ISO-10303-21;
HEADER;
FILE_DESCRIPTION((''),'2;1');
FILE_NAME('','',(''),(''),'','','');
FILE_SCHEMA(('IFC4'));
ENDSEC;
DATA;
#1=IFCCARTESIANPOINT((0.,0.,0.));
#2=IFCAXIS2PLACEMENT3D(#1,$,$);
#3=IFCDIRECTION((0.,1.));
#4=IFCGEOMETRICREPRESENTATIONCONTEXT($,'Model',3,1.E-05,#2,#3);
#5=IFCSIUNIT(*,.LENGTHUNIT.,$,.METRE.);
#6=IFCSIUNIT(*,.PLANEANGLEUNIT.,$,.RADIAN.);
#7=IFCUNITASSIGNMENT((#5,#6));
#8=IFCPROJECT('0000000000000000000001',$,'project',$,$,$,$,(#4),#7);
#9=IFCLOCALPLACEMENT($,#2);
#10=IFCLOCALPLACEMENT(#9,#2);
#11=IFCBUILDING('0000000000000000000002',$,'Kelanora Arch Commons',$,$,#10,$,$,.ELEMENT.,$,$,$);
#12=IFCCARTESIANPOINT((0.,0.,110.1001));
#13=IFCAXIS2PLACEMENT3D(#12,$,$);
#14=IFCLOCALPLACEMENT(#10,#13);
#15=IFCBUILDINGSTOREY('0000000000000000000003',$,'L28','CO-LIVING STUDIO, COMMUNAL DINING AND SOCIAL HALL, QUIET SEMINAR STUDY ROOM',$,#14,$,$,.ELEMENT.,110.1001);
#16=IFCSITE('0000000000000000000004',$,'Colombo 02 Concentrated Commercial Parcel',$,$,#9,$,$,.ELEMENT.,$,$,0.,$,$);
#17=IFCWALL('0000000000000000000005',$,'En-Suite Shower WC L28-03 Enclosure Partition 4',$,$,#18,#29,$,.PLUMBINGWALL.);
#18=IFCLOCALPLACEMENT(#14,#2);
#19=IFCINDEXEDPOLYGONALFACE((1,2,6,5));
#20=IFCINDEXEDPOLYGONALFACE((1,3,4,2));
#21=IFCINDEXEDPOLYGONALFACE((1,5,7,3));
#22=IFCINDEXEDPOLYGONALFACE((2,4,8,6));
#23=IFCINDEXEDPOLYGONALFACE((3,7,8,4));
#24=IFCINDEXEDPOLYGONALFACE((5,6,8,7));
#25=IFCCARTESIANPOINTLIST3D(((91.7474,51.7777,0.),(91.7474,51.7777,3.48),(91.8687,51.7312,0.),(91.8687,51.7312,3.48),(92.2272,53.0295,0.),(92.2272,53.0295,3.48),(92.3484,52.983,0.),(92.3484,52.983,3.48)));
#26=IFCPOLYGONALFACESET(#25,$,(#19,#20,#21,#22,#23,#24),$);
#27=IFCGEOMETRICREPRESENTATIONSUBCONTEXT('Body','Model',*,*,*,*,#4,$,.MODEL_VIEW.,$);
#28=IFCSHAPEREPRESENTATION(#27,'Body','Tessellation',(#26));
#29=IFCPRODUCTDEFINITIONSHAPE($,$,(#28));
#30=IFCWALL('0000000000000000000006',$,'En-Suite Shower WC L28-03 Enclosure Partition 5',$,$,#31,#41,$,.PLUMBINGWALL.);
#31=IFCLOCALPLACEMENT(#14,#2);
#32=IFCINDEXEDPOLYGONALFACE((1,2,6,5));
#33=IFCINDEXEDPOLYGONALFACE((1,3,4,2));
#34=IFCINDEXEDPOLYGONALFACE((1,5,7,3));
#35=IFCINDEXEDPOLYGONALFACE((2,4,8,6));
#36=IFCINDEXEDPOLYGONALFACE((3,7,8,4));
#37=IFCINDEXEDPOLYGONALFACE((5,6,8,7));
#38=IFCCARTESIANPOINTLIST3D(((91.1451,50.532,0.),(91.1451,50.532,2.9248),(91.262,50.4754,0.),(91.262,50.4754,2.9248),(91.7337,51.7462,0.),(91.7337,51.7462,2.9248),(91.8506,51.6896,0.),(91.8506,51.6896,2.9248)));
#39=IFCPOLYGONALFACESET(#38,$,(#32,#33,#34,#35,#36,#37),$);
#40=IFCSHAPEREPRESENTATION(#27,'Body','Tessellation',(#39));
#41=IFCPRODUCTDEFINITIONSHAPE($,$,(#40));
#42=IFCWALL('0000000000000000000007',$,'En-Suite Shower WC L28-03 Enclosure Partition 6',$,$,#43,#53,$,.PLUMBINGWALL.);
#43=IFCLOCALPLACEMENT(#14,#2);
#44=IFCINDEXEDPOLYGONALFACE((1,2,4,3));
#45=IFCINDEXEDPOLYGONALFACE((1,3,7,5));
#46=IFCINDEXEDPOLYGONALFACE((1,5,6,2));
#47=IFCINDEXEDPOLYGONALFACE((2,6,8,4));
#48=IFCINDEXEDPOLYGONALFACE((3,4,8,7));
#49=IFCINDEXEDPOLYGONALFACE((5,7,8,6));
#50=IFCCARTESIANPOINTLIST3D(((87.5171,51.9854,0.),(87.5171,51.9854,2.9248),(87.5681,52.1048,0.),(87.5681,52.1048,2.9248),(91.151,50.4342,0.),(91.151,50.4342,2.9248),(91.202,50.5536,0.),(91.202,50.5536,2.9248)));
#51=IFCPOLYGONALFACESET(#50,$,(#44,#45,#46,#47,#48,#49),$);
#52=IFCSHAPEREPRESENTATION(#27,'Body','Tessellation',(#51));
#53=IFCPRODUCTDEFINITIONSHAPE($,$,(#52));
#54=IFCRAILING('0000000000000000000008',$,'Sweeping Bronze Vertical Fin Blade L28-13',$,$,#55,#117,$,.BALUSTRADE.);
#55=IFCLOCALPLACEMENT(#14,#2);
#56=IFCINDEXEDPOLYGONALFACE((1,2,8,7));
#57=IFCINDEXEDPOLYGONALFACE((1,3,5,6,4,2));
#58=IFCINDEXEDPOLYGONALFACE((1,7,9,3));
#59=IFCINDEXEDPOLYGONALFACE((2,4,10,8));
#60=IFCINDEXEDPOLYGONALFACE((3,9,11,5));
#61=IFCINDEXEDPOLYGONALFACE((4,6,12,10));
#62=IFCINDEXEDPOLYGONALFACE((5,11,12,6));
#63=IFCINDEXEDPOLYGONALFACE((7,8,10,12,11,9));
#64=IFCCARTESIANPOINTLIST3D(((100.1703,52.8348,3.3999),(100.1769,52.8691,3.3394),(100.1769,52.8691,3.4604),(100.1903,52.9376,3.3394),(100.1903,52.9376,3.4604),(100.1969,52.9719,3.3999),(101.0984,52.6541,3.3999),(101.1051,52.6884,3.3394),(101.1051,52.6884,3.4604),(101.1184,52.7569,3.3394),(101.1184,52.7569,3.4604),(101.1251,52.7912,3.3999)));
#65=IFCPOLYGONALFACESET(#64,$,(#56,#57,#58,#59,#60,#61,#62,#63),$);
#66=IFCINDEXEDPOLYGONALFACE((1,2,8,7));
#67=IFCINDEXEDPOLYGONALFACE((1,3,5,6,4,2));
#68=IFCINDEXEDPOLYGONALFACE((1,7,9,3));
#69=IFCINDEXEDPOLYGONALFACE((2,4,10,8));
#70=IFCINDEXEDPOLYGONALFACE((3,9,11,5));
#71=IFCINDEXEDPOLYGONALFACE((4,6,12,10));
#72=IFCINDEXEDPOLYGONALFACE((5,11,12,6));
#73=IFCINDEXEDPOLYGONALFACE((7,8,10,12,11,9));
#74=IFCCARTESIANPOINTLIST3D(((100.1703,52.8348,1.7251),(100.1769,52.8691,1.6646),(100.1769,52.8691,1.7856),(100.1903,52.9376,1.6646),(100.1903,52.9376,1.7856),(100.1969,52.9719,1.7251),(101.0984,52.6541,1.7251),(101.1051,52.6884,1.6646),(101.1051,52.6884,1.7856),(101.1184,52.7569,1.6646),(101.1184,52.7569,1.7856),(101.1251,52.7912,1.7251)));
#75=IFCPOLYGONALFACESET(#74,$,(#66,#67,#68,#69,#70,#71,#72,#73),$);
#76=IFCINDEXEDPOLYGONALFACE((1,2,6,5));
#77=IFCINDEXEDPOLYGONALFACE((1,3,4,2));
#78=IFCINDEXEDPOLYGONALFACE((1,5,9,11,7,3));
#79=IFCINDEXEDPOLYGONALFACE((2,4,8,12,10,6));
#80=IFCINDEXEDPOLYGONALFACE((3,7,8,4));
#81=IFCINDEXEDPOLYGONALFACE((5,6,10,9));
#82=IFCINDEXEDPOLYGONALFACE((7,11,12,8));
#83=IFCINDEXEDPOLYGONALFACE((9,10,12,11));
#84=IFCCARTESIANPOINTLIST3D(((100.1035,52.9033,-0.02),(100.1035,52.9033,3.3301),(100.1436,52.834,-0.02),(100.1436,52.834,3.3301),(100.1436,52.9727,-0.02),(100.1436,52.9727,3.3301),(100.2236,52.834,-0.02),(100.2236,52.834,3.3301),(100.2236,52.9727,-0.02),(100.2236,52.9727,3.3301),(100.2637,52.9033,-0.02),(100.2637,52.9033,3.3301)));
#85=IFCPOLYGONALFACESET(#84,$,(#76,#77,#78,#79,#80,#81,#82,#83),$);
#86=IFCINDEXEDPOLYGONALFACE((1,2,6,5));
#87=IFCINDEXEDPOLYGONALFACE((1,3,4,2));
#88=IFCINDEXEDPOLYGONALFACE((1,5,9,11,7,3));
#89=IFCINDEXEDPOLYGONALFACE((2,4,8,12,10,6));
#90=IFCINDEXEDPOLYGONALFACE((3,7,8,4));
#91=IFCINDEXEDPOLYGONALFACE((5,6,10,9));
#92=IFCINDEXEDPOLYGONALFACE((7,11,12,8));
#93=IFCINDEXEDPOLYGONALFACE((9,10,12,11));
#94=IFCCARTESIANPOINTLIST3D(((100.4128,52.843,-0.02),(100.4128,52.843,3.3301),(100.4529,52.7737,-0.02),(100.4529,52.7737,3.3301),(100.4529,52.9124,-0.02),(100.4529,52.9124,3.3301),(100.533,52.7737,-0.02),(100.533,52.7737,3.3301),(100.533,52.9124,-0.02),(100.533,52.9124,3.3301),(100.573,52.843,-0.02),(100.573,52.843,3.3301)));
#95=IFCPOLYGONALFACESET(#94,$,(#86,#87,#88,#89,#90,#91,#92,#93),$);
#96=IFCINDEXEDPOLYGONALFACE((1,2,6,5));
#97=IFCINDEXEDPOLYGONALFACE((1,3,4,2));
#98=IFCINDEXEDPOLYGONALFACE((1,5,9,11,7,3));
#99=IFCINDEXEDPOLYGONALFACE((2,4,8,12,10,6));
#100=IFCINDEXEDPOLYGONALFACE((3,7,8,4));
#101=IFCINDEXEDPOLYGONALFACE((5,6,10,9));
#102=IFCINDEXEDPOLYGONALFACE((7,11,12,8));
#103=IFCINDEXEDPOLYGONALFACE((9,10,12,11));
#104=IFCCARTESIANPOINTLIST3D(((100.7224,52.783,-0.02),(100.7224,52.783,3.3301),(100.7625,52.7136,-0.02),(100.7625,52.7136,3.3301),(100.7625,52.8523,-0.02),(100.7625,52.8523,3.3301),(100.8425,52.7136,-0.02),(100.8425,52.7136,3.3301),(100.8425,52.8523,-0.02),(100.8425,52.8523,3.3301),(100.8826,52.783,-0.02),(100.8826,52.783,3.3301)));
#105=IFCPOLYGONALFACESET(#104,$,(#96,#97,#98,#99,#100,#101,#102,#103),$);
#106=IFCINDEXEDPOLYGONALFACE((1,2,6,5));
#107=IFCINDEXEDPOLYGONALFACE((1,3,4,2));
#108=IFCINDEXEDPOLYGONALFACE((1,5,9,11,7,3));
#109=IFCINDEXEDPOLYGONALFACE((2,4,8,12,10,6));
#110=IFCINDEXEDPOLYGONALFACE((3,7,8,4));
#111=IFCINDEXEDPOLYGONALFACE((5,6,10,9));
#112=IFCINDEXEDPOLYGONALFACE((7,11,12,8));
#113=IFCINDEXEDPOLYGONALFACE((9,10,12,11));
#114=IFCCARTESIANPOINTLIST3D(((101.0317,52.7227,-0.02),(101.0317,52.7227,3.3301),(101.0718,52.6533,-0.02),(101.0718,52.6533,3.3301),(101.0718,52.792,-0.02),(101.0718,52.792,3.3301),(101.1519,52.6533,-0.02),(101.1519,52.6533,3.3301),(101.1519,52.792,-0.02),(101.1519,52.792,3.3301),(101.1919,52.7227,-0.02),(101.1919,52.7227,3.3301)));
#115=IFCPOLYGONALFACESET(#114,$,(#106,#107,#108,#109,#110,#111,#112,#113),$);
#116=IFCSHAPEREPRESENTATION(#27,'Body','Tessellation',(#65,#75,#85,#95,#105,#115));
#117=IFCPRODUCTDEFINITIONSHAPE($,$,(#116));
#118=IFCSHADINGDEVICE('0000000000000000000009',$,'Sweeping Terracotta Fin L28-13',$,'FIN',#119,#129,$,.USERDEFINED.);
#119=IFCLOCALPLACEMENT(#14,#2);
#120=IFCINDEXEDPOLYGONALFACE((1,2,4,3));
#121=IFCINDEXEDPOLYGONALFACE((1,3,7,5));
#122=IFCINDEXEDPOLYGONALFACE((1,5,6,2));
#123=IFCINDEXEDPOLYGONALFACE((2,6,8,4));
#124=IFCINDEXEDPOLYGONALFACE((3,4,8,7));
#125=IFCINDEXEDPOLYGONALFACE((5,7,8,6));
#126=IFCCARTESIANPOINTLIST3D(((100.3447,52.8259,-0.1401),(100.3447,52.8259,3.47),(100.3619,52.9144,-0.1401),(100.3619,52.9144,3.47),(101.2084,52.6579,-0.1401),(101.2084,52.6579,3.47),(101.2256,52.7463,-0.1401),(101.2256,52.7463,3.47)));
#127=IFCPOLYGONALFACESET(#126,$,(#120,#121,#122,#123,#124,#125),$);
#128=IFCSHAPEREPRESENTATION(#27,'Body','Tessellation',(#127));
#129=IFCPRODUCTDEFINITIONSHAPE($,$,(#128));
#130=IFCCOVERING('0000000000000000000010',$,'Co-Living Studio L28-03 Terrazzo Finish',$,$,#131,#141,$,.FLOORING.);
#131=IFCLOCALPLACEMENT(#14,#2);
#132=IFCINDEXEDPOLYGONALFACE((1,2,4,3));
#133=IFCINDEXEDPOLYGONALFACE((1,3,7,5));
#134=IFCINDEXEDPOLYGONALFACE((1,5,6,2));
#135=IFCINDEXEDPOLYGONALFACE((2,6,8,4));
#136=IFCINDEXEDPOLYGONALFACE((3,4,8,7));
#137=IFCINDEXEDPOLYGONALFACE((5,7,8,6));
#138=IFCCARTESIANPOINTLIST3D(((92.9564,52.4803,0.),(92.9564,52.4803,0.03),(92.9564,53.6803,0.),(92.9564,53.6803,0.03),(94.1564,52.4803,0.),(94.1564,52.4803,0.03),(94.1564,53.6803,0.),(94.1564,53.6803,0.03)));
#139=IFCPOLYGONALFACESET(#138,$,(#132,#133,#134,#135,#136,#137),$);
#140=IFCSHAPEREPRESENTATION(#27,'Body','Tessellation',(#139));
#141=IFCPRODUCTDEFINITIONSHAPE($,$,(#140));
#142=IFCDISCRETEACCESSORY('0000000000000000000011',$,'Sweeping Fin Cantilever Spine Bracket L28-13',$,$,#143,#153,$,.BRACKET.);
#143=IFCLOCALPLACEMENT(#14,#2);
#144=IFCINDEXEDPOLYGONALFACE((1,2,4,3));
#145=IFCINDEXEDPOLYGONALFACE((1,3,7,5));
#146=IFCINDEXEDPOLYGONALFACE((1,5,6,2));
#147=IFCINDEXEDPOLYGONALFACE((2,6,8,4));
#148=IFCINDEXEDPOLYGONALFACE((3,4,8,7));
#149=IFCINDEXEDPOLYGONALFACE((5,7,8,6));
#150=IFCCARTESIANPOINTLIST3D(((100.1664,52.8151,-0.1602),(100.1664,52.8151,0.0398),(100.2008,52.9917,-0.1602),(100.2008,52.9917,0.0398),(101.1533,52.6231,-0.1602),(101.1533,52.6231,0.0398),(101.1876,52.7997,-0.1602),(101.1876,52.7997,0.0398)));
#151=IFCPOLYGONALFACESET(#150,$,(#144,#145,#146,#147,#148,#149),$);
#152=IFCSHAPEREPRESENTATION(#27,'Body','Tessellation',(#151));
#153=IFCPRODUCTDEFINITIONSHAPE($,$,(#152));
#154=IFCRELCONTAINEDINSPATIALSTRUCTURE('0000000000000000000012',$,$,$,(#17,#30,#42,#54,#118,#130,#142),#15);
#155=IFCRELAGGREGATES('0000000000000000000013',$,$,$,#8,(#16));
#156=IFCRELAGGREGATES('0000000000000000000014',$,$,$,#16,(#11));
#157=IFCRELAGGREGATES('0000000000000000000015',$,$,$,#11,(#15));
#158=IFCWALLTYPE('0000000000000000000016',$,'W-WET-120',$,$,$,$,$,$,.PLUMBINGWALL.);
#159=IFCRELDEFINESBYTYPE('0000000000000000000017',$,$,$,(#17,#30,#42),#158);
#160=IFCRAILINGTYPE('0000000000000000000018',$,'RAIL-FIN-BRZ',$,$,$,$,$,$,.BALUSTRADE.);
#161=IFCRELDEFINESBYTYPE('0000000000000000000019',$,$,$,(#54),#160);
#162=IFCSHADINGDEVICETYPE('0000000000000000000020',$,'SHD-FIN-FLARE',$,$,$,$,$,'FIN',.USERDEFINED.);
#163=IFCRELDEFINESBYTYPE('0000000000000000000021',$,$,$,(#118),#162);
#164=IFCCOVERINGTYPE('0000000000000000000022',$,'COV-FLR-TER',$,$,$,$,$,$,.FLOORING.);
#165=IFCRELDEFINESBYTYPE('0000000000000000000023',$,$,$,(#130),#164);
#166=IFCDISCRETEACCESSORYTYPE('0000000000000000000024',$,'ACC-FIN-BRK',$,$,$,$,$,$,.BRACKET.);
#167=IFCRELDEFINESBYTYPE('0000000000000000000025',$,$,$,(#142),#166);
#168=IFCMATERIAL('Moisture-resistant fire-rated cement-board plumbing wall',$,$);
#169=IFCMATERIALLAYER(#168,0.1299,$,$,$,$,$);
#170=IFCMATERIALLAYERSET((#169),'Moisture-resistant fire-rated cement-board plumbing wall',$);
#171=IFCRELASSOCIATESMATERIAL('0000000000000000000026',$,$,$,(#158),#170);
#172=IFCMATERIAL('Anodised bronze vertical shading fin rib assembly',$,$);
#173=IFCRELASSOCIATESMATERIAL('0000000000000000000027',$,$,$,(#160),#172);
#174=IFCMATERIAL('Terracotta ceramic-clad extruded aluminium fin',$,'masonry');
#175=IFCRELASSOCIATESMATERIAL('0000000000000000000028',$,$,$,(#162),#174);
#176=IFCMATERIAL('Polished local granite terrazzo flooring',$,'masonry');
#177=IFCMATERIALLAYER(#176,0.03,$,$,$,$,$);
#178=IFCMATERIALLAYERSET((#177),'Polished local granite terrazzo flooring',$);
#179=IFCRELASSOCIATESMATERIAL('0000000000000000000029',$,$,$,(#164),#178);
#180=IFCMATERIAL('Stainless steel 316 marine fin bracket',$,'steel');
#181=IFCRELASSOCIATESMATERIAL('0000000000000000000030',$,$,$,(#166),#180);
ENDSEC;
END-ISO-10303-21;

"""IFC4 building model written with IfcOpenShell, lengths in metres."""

from ifc_helpers import new_model, si_unit, direction, frame, frame_2d, origin, origin_2d, place, context, subcontext, project, spatial, polyline, rectangle, outline, extrude, source, transform, mapped, material, layer, layer_set, type_object, element, save


model = new_model("IFC4")

# Units and contexts
model_context = context("Model", 3, precision=1e-05, world=origin(), true_north=direction((0.0, 1.0)))
body_context = subcontext(model_context, "Body", "Model", "MODEL_VIEW")
ifc_project = project(units=[si_unit("LENGTHUNIT", "METRE"), si_unit("PLANEANGLEUNIT", "RADIAN")], contexts=[model_context])

# Site, building, storey
site_placement = place(None, origin())
site = spatial("IfcSite", under=ifc_project, at=site_placement, Name="Colombo 02 Concentrated Commercial Parcel", CompositionType="ELEMENT", RefElevation=0.0)
building_placement = place(site_placement, origin())
building = spatial("IfcBuilding", under=site, at=building_placement, Name="Kelanora Arch Commons", CompositionType="ELEMENT")
storey_placement = place(building_placement, frame((0.0, 0.0, 110.1001)))
storey = spatial("IfcBuildingStorey", under=building, at=storey_placement, Name="L28", Description="CO-LIVING STUDIO, COMMUNAL DINING AND SOCIAL HALL, QUIET SEMINAR STUDY ROOM", CompositionType="ELEMENT", Elevation=110.1001)

# Shared definitions
ifc_material_1 = material(Name="Moisture-resistant fire-rated cement-board plumbing wall")
ifc_layer_1 = layer(ifc_material_1, 0.1299)
ifc_layer_set_1 = layer_set([ifc_layer_1], Name="Moisture-resistant fire-rated cement-board plumbing wall")
wall_type_1 = type_object("IfcWallType", Name="W-WET-120", PredefinedType="PLUMBINGWALL", material=ifc_layer_set_1)

# Walls
wall_1_placement = place(storey_placement, frame((92.2878, 53.0063, 0.0), z_axis=(0.0, 0.0, 1.0), x_axis=(-0.35788, -0.933767, 0.0)))
element("IfcWall", 1, at=wall_1_placement, inside=storey, type_object=wall_type_1, Name="En-Suite Shower WC L28-03 Enclosure Partition 4", PredefinedType="PLUMBINGWALL", context=body_context, shape_type="SweptSolid", body=[
    extrude(rectangle(XDim=1.3406, YDim=0.1299, at=frame_2d((0.6704, 0.0))), origin(), (0.0, 0.0, 1.0), 3.48),
])
wall_2_placement = place(storey_placement, frame((91.7922, 51.718, 0.0), z_axis=(0.0, 0.0, 1.0), x_axis=(-0.436251, -0.899825, 0.0)))
element("IfcWall", 2, at=wall_2_placement, inside=storey, type_object=wall_type_1, Name="En-Suite Shower WC L28-03 Enclosure Partition 5", PredefinedType="PLUMBINGWALL", context=body_context, shape_type="SweptSolid", body=[
    extrude(rectangle(XDim=1.3494, YDim=0.1299, at=frame_2d((0.6748, 0.0))), origin(), (0.0, 0.0, 1.0), 2.9248),
])
wall_3_placement = place(storey_placement, frame((91.1765, 50.4939, 0.0), z_axis=(0.0, 0.0, 1.0), x_axis=(-0.91971, 0.392599, 0.0)))
element("IfcWall", 3, at=wall_3_placement, inside=storey, type_object=wall_type_1, Name="En-Suite Shower WC L28-03 Enclosure Partition 6", PredefinedType="PLUMBINGWALL", context=body_context, shape_type="SweptSolid", body=[
    extrude(rectangle(XDim=3.9512, YDim=0.1299, at=frame_2d((1.9756, 0.0))), origin(), (0.0, 0.0, 1.0), 2.9248),
])

# Railing
ifc_material_2 = material(Name="Anodised bronze vertical shading fin rib assembly")
railing_type = type_object("IfcRailingType", Name="RAIL-FIN-BRZ", PredefinedType="BALUSTRADE", material=ifc_material_2)
railing_placement = place(storey_placement, frame((100.1836, 52.9033, -0.02)))
element("IfcRailing", 4, at=railing_placement, inside=storey, type_object=railing_type, Name="Sweeping Bronze Vertical Fin Blade L28-13", PredefinedType="BALUSTRADE", context=body_context, shape_type="SweptSolid", body=[
    extrude(outline(polyline([(0.0698, 0.0), (0.0349, 0.0605), (-0.0349, 0.0605), (-0.0698, 0.0), (-0.0349, -0.0605), (0.0349, -0.0605), (0.0698, 0.0)])), frame((0.0, 0.0, 3.4199), z_axis=(0.98158, -0.191049, 0.0), x_axis=(0.191049, 0.98158, 0.0)), (0.0, 0.0, 1.0), 0.9456),
    extrude(outline(polyline([(0.0698, 0.0), (0.0349, 0.0605), (-0.0349, 0.0605), (-0.0698, 0.0), (-0.0349, -0.0605), (0.0349, -0.0605), (0.0698, 0.0)])), frame((0.0, 0.0, 1.7451), z_axis=(0.98158, -0.191049, 0.0), x_axis=(0.191049, 0.98158, 0.0)), (0.0, 0.0, 1.0), 0.9456),
    extrude(outline(polyline([(0.0801, 0.0), (0.04, 0.0693), (-0.04, 0.0693), (-0.0801, 0.0), (-0.04, -0.0693), (0.04, -0.0693), (0.0801, 0.0)])), origin(), (0.0, 0.0, 1.0), 3.3501),
    extrude(outline(polyline([(0.0801, 0.0), (0.04, 0.0693), (-0.04, 0.0693), (-0.0801, 0.0), (-0.04, -0.0693), (0.04, -0.0693), (0.0801, 0.0)])), frame((0.3093, -0.0603, 0.0)), (0.0, 0.0, 1.0), 3.3501),
    extrude(outline(polyline([(0.0801, 0.0), (0.04, 0.0693), (-0.04, 0.0693), (-0.0801, 0.0), (-0.04, -0.0693), (0.04, -0.0693), (0.0801, 0.0)])), frame((0.6189, -0.1204, 0.0)), (0.0, 0.0, 1.0), 3.3501),
    extrude(outline(polyline([(0.0801, 0.0), (0.04, 0.0693), (-0.04, 0.0693), (-0.0801, 0.0), (-0.04, -0.0693), (0.04, -0.0693), (0.0801, 0.0)])), frame((0.9282, -0.1807, 0.0)), (0.0, 0.0, 1.0), 3.3501),
])

# Shading device
ifc_material_3 = material(Name="Terracotta ceramic-clad extruded aluminium fin", Category="masonry")
shading_device_type = type_object("IfcShadingDeviceType", Name="SHD-FIN-FLARE", ElementType="FIN", PredefinedType="USERDEFINED", material=ifc_material_3)
shared_shape_1 = source(origin(), body_context, "Body", "SweptSolid", [
    extrude(rectangle(XDim=0.8799, YDim=0.0901, at=origin_2d()), origin(), (0.0, 0.0, 1.0), 3.6101),
])
shading_device_placement = place(storey_placement, frame((100.7852, 52.7861, -0.1401), z_axis=(0.0, 0.0, 1.0), x_axis=(0.981594, -0.19098, 0.0)))
element("IfcShadingDevice", 5, at=shading_device_placement, inside=storey, type_object=shading_device_type, Name="Sweeping Terracotta Fin L28-13", ObjectType="FIN", PredefinedType="USERDEFINED", context=body_context, shape_type="MappedRepresentation", body=[
    mapped(shared_shape_1, transform((0.0, 0.0, 0.0), scale=1.0)),
])

# Covering
ifc_material_4 = material(Name="Polished local granite terrazzo flooring", Category="masonry")
ifc_layer_2 = layer(ifc_material_4, 0.03)
ifc_layer_set_2 = layer_set([ifc_layer_2], Name="Polished local granite terrazzo flooring")
covering_type = type_object("IfcCoveringType", Name="COV-FLR-TER", PredefinedType="FLOORING", material=ifc_layer_set_2)
shared_shape_2 = source(origin(), body_context, "Body", "SweptSolid", [
    extrude(rectangle(XDim=1.2, YDim=1.2, at=origin_2d()), origin(), (0.0, 0.0, 1.0), 0.03),
])
covering_placement = place(storey_placement, frame((93.5564, 53.0803, 0.0), z_axis=(0.0, 0.0, 1.0), x_axis=(1.0, 0.0, 0.0)))
element("IfcCovering", 6, at=covering_placement, inside=storey, type_object=covering_type, Name="Co-Living Studio L28-03 Terrazzo Finish", PredefinedType="FLOORING", context=body_context, shape_type="MappedRepresentation", body=[
    mapped(shared_shape_2, transform((0.0, 0.0, 0.0), scale=1.0)),
])

# Discrete accessory
ifc_material_5 = material(Name="Stainless steel 316 marine fin bracket", Category="steel")
discrete_accessory_type = type_object("IfcDiscreteAccessoryType", Name="ACC-FIN-BRK", PredefinedType="BRACKET", material=ifc_material_5)
shared_shape_3 = source(origin(), body_context, "Body", "SweptSolid", [
    extrude(rectangle(XDim=1.0054, YDim=0.1799, at=origin_2d()), origin(), (0.0, 0.0, 1.0), 0.2),
])
discrete_accessory_placement = place(storey_placement, frame((100.677, 52.8074, -0.1602), z_axis=(0.0, 0.0, 1.0), x_axis=(0.981594, -0.19098, 0.0)))
element("IfcDiscreteAccessory", 7, at=discrete_accessory_placement, inside=storey, type_object=discrete_accessory_type, Name="Sweeping Fin Cantilever Spine Bracket L28-13", PredefinedType="BRACKET", context=body_context, shape_type="MappedRepresentation", body=[
    mapped(shared_shape_3, transform((0.0, 0.0, 0.0), scale=1.0)),
])

save(model, "model.ifc")
